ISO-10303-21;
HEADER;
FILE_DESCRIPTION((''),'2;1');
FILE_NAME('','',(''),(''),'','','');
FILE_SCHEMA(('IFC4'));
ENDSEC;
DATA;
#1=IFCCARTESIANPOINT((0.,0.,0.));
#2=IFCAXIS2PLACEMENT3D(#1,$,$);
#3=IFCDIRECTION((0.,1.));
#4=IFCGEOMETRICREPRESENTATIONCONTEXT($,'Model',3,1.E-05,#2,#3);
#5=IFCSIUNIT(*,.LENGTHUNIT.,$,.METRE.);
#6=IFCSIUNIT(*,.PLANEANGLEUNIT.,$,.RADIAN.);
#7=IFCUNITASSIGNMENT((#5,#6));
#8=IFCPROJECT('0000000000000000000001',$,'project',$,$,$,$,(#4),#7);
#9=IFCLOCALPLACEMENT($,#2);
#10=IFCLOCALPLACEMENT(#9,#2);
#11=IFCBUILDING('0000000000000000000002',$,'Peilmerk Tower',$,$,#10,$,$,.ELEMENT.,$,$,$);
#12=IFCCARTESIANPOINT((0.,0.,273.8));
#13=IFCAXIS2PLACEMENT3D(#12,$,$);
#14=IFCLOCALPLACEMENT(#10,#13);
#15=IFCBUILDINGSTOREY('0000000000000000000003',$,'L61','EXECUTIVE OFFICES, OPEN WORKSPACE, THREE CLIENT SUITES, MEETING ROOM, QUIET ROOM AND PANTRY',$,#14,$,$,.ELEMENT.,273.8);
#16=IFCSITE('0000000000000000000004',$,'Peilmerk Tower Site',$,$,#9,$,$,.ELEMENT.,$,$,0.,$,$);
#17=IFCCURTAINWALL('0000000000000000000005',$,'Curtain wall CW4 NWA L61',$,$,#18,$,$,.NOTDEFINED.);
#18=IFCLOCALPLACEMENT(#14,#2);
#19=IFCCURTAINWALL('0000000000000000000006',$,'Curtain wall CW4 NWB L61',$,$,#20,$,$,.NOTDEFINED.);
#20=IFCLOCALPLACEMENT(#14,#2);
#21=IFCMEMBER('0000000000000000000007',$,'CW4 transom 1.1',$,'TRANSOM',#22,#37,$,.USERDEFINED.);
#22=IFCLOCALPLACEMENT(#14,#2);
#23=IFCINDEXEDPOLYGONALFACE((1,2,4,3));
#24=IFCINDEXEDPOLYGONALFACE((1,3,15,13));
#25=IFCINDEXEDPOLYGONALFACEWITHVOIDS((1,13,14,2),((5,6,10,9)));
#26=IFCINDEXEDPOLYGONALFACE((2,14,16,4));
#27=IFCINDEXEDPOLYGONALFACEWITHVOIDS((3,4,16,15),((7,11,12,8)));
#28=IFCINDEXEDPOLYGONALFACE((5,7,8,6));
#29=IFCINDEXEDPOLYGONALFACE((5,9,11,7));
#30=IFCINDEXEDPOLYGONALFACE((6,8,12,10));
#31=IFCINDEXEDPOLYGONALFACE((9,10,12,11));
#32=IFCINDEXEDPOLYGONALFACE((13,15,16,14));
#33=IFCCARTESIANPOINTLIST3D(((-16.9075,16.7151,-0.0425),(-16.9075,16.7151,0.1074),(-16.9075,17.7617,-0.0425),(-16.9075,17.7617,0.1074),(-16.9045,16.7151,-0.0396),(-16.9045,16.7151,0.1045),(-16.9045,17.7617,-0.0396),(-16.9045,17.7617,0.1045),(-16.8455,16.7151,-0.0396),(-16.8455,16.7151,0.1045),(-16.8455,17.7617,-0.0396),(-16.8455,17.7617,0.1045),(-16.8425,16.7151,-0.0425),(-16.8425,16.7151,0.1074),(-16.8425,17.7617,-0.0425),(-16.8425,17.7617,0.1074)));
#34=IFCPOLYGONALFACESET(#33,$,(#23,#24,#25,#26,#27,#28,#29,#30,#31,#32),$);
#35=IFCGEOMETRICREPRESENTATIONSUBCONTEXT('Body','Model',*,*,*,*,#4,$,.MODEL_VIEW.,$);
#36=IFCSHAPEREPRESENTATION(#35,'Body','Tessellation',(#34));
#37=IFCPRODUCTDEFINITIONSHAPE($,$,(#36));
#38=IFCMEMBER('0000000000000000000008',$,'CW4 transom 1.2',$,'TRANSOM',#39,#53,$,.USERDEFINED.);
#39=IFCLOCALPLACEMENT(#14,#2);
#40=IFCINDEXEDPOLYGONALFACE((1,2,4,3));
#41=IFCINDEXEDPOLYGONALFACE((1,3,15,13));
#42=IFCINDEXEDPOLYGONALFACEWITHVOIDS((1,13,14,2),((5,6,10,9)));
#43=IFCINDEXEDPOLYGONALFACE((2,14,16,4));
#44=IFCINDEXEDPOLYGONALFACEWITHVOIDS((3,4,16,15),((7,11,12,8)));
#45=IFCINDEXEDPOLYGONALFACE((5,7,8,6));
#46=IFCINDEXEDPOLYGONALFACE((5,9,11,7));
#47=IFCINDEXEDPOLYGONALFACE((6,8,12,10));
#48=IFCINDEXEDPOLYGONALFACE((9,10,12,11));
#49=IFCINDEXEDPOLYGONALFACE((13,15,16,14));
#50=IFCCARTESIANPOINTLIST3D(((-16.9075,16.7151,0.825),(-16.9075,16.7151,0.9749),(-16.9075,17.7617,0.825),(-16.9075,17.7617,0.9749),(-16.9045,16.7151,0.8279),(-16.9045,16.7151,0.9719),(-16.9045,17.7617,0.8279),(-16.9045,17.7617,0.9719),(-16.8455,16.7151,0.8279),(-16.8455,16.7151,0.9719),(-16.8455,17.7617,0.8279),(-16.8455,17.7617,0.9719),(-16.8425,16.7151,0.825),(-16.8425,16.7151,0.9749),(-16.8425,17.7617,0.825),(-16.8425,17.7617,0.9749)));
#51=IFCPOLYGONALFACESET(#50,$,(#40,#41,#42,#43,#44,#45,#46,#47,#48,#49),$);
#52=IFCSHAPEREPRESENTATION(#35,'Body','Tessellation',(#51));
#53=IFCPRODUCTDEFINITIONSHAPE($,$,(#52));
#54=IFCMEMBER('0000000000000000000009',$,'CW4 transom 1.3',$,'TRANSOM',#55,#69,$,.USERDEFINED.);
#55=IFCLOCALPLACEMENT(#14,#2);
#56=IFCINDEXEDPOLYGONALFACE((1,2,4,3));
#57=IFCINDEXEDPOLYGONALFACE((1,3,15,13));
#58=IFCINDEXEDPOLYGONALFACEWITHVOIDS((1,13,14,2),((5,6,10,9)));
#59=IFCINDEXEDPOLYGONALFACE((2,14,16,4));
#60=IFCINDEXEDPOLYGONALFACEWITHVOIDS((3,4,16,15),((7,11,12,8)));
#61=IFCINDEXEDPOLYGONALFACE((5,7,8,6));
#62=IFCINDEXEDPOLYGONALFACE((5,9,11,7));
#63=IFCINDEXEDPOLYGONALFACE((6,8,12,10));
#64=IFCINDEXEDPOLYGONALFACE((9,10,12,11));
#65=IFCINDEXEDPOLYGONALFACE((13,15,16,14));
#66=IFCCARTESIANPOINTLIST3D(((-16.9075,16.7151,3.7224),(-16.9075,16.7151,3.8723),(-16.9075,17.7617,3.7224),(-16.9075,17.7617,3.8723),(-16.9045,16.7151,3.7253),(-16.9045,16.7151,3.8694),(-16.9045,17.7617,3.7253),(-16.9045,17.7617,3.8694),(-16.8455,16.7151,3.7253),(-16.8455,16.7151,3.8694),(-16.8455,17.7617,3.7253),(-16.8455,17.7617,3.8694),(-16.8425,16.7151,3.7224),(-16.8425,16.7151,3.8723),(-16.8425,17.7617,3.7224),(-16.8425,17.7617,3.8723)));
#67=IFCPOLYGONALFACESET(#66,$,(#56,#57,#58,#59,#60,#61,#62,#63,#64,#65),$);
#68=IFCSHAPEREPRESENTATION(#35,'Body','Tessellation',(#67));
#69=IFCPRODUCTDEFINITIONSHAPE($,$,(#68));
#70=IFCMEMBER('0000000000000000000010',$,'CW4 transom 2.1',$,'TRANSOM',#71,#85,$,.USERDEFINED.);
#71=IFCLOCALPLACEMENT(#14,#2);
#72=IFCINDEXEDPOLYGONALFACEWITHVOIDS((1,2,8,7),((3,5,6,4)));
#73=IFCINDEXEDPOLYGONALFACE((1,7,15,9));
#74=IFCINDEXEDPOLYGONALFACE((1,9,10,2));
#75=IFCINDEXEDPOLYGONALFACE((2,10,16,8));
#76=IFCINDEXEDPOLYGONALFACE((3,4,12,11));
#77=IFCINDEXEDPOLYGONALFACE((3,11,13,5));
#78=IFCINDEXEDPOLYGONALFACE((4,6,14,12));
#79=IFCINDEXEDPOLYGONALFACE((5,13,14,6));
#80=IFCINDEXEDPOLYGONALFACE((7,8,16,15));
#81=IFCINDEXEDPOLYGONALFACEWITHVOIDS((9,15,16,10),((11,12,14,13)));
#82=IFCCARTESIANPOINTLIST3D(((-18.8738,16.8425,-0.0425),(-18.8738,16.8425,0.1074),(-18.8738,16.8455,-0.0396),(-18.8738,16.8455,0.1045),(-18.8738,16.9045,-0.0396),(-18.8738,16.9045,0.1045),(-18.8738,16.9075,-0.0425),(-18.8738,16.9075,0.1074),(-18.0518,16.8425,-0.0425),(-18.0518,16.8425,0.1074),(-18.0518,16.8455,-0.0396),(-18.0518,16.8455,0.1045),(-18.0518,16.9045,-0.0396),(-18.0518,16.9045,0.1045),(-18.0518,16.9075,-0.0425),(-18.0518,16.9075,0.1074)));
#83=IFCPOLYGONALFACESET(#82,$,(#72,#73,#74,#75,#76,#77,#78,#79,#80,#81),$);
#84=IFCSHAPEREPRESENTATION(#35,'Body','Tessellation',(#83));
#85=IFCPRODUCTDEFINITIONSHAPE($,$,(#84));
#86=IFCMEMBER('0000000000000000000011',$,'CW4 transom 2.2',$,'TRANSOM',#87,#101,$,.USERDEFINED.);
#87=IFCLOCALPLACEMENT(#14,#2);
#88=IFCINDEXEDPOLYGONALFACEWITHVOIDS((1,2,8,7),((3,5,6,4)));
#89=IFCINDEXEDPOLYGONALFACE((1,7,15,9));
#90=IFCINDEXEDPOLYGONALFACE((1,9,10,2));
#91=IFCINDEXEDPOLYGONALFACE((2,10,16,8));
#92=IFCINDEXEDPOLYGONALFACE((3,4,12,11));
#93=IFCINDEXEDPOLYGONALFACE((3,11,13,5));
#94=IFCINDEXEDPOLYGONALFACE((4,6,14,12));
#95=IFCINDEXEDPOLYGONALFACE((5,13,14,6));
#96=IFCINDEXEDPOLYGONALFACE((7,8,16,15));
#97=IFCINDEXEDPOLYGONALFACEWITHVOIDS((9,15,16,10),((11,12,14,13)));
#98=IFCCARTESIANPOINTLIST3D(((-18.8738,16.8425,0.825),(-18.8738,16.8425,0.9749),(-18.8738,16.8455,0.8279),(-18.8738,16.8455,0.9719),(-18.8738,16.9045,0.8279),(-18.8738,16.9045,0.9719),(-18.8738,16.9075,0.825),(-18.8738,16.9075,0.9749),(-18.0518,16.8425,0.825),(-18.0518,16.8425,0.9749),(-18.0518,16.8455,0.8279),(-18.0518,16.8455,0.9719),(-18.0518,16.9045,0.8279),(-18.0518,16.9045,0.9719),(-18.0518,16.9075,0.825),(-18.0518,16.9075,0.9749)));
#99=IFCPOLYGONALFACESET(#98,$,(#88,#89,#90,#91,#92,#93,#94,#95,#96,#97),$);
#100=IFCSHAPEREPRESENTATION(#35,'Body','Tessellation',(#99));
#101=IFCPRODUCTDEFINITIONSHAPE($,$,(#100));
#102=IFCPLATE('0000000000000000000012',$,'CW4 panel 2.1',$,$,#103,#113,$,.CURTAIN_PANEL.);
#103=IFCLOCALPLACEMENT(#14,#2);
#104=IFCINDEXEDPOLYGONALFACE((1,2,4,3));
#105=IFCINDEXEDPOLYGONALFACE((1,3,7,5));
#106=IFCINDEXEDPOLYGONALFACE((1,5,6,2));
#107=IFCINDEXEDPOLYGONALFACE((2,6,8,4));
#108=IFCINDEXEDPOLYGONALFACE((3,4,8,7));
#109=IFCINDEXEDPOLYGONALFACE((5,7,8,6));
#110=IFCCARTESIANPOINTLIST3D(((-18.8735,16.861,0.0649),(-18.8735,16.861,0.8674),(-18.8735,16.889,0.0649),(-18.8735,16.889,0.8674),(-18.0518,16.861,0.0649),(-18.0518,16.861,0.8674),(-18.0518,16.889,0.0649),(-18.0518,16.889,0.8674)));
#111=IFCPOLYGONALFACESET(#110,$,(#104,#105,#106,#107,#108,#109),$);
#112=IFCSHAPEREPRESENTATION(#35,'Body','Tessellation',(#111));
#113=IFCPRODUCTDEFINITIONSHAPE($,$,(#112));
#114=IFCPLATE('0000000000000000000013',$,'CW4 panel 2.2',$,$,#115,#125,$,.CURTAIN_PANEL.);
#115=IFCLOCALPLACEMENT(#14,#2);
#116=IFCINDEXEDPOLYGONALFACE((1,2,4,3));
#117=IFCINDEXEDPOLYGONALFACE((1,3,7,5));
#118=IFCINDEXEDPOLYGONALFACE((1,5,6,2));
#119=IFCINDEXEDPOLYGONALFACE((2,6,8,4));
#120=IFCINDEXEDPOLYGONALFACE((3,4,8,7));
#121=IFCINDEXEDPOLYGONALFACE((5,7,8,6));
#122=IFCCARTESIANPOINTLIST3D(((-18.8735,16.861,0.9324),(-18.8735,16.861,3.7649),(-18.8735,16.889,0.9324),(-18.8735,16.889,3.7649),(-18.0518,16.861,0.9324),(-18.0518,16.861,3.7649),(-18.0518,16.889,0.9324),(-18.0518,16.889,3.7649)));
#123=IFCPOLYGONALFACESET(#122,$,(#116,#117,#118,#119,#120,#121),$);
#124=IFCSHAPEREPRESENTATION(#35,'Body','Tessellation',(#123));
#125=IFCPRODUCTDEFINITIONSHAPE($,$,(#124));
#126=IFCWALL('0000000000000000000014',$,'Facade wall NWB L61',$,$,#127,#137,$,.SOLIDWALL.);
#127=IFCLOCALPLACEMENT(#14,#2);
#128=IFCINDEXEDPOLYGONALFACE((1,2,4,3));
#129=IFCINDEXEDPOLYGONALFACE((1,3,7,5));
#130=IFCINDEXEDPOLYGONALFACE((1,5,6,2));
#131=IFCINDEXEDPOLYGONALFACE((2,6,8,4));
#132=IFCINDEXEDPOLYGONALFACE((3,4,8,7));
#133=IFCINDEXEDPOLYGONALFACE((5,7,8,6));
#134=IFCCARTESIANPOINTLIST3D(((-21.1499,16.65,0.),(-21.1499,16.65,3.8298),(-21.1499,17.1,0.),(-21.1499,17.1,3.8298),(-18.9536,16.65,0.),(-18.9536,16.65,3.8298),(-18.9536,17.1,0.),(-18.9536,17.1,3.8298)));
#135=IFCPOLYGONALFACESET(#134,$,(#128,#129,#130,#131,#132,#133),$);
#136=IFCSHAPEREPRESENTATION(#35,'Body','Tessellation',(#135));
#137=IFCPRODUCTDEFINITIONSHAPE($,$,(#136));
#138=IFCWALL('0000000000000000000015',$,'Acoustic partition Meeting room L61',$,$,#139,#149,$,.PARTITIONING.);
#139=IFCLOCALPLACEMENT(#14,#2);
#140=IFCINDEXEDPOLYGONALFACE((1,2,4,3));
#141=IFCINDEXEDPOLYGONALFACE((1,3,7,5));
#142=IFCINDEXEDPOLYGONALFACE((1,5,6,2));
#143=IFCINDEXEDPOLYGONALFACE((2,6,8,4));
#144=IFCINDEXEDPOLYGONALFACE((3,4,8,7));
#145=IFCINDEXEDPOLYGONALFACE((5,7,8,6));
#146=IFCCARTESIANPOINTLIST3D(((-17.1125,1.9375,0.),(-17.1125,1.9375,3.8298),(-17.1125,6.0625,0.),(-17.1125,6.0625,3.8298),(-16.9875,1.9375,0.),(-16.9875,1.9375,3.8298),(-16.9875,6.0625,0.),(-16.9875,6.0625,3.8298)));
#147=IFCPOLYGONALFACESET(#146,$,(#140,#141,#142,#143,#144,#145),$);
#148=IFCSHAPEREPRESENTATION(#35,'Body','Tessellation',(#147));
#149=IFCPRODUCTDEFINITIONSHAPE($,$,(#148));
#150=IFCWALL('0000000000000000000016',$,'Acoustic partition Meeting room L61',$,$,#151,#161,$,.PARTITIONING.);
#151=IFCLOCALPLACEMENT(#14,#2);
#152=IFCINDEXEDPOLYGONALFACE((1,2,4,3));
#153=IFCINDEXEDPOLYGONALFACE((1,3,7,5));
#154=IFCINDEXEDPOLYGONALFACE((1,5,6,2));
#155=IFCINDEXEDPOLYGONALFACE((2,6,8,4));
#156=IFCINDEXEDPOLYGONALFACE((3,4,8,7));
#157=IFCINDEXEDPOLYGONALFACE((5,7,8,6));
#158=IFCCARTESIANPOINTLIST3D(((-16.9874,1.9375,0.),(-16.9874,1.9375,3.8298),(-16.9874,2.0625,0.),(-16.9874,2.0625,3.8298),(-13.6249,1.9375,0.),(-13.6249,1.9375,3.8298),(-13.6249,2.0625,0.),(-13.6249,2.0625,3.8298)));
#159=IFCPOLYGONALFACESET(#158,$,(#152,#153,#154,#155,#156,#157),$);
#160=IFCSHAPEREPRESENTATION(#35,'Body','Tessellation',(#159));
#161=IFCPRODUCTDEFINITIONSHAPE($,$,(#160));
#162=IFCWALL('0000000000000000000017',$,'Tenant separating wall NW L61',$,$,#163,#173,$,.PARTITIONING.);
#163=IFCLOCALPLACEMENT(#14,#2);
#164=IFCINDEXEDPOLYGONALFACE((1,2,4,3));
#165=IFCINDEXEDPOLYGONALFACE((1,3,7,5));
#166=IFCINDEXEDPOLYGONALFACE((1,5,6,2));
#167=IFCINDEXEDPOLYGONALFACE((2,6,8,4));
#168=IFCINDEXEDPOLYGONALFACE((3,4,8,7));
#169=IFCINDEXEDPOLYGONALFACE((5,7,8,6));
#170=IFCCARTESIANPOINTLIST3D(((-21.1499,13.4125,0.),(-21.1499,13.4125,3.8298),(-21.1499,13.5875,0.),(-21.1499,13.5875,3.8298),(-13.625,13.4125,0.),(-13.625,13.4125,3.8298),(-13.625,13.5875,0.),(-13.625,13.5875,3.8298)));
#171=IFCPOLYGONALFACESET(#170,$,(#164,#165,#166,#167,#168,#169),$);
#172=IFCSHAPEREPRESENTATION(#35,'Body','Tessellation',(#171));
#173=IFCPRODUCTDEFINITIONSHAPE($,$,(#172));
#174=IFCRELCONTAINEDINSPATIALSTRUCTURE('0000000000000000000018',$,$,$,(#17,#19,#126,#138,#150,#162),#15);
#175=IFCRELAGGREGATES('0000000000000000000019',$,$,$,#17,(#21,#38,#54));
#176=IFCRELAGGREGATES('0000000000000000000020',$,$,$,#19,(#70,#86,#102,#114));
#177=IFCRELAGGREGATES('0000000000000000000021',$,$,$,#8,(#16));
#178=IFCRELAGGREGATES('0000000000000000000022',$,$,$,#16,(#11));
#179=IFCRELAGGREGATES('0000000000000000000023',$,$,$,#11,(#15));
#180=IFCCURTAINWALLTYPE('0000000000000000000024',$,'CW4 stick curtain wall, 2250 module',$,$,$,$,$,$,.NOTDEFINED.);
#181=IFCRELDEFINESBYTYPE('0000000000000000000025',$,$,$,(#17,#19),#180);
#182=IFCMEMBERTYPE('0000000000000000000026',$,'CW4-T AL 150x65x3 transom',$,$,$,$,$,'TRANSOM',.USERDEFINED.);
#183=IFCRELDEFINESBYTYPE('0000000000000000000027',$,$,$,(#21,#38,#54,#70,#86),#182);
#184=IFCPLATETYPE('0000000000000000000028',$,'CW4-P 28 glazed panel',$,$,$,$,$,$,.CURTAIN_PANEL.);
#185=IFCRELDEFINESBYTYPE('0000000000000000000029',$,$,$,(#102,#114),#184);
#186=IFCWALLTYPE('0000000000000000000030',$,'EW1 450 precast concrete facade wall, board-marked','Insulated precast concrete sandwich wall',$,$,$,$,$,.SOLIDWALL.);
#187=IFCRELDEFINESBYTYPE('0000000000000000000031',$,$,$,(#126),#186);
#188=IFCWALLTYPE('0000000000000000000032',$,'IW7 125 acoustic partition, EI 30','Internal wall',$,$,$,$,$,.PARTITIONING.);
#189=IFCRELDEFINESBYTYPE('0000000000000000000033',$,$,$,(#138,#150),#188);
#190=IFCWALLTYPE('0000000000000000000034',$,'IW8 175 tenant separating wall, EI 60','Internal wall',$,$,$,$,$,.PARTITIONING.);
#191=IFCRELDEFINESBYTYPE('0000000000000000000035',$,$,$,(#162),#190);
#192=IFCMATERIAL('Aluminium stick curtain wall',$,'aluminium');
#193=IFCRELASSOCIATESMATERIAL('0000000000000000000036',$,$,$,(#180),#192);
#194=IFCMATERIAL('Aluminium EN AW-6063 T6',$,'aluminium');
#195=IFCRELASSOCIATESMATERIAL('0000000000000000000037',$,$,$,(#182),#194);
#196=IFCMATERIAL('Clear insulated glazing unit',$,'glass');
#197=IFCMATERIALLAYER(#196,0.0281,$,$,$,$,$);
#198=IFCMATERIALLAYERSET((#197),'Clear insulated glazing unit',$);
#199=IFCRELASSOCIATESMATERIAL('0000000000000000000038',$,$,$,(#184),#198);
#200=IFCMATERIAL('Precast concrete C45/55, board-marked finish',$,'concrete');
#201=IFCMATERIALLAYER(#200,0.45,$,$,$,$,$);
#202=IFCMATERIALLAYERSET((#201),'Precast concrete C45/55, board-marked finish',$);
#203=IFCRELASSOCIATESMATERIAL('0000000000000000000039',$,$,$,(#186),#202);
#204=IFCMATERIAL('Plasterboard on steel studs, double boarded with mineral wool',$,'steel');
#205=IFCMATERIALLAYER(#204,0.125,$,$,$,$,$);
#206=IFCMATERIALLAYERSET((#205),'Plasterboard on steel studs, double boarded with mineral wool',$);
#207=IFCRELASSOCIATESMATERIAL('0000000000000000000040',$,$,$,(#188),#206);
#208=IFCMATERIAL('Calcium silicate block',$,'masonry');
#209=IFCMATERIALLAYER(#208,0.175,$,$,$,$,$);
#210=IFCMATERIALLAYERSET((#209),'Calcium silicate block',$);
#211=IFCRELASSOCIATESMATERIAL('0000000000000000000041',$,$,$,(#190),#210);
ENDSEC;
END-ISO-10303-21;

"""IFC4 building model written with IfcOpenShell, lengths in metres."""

from ifc_helpers import new_model, si_unit, direction, frame, frame_2d, origin, origin_2d, place, context, subcontext, project, spatial, rectangle, hollow_rectangle, extrude, material, layer, layer_set, material_profile, profile_set, type_object, element, aggregate, save


model = new_model("IFC4")

# Units and contexts
model_context = context("Model", 3, precision=1e-05, world=origin(), true_north=direction((0.0, 1.0)))
body_context = subcontext(model_context, "Body", "Model", "MODEL_VIEW")
ifc_project = project(units=[si_unit("LENGTHUNIT", "METRE"), si_unit("PLANEANGLEUNIT", "RADIAN")], contexts=[model_context])

# Site, building, storey
site_placement = place(None, origin())
site = spatial("IfcSite", under=ifc_project, at=site_placement, Name="Peilmerk Tower Site", CompositionType="ELEMENT", RefElevation=0.0)
building_placement = place(site_placement, origin())
building = spatial("IfcBuilding", under=site, at=building_placement, Name="Peilmerk Tower", CompositionType="ELEMENT")
storey_placement = place(building_placement, frame((0.0, 0.0, 273.8)))
storey = spatial("IfcBuildingStorey", under=building, at=storey_placement, Name="L61", Description="EXECUTIVE OFFICES, OPEN WORKSPACE, THREE CLIENT SUITES, MEETING ROOM, QUIET ROOM AND PANTRY", CompositionType="ELEMENT", Elevation=273.8)

# Curtain walls
ifc_material_1 = material(Name="Aluminium stick curtain wall", Category="aluminium")
curtain_wall_type = type_object("IfcCurtainWallType", Name="CW4 stick curtain wall, 2250 module", PredefinedType="NOTDEFINED", material=ifc_material_1)
curtain_wall_1_placement = place(storey_placement, origin())
curtain_wall_1 = element("IfcCurtainWall", 1, at=curtain_wall_1_placement, inside=storey, type_object=curtain_wall_type, Name="Curtain wall CW4 NWA L61", PredefinedType="NOTDEFINED")
ifc_material_2 = material(Name="Aluminium EN AW-6063 T6", Category="aluminium")
curtain_wall_2_placement = place(storey_placement, origin())
curtain_wall_2 = element("IfcCurtainWall", 2, at=curtain_wall_2_placement, inside=storey, type_object=curtain_wall_type, Name="Curtain wall CW4 NWB L61", PredefinedType="NOTDEFINED")

# Members
ifc_material_profile_1 = material_profile(ifc_material_2, hollow_rectangle(XDim=0.0649, YDim=0.1499, WallThickness=0.0029, at=origin_2d()), Name="AL 150x65x3")
ifc_profile_set_1 = profile_set([ifc_material_profile_1], Name="Aluminium EN AW-6063 T6")
member_type_1 = type_object("IfcMemberType", Name="CW4-T AL 150x65x3 transom", ElementType="TRANSOM", PredefinedType="USERDEFINED", material=ifc_profile_set_1)
member_1_placement = place(storey_placement, frame((-16.875, 16.7151, 0.0325), z_axis=(0.0, 1.0, 0.0), x_axis=(-1.0, 0.0, 0.0)))
member_1 = element("IfcMember", 3, at=member_1_placement, type_object=member_type_1, Name="CW4 transom 1.1", ObjectType="TRANSOM", PredefinedType="USERDEFINED", context=body_context, shape_type="SweptSolid", body=[
    extrude(hollow_rectangle(XDim=0.0649, YDim=0.1499, WallThickness=0.0029, at=origin_2d()), origin(), (0.0, 0.0, 1.0), 1.0466),
])
member_2_placement = place(storey_placement, frame((-16.875, 16.7151, 0.8999), z_axis=(0.0, 1.0, 0.0), x_axis=(-1.0, 0.0, 0.0)))
member_2 = element("IfcMember", 4, at=member_2_placement, type_object=member_type_1, Name="CW4 transom 1.2", ObjectType="TRANSOM", PredefinedType="USERDEFINED", context=body_context, shape_type="SweptSolid", body=[
    extrude(hollow_rectangle(XDim=0.0649, YDim=0.1499, WallThickness=0.0029, at=origin_2d()), origin(), (0.0, 0.0, 1.0), 1.0466),
])
member_3_placement = place(storey_placement, frame((-16.875, 16.7151, 3.7974), z_axis=(0.0, 1.0, 0.0), x_axis=(-1.0, 0.0, 0.0)))
member_3 = element("IfcMember", 5, at=member_3_placement, type_object=member_type_1, Name="CW4 transom 1.3", ObjectType="TRANSOM", PredefinedType="USERDEFINED", context=body_context, shape_type="SweptSolid", body=[
    extrude(hollow_rectangle(XDim=0.0649, YDim=0.1499, WallThickness=0.0029, at=origin_2d()), origin(), (0.0, 0.0, 1.0), 1.0466),
])
aggregate(curtain_wall_1, [member_1, member_2, member_3])
member_4_placement = place(storey_placement, frame((-18.0518, 16.875, 0.0325), z_axis=(-1.0, 0.0, 0.0), x_axis=(0.0, -1.0, 0.0)))
member_4 = element("IfcMember", 6, at=member_4_placement, type_object=member_type_1, Name="CW4 transom 2.1", ObjectType="TRANSOM", PredefinedType="USERDEFINED", context=body_context, shape_type="SweptSolid", body=[
    extrude(hollow_rectangle(XDim=0.0649, YDim=0.1499, WallThickness=0.0029, at=origin_2d()), origin(), (0.0, 0.0, 1.0), 0.822),
])
member_5_placement = place(storey_placement, frame((-18.0518, 16.875, 0.8999), z_axis=(-1.0, 0.0, 0.0), x_axis=(0.0, -1.0, 0.0)))
member_5 = element("IfcMember", 7, at=member_5_placement, type_object=member_type_1, Name="CW4 transom 2.2", ObjectType="TRANSOM", PredefinedType="USERDEFINED", context=body_context, shape_type="SweptSolid", body=[
    extrude(hollow_rectangle(XDim=0.0649, YDim=0.1499, WallThickness=0.0029, at=origin_2d()), origin(), (0.0, 0.0, 1.0), 0.822),
])

# Plates
ifc_material_3 = material(Name="Clear insulated glazing unit", Category="glass")
ifc_layer_1 = layer(ifc_material_3, 0.0281)
ifc_layer_set_1 = layer_set([ifc_layer_1], Name="Clear insulated glazing unit")
plate_type = type_object("IfcPlateType", Name="CW4-P 28 glazed panel", PredefinedType="CURTAIN_PANEL", material=ifc_layer_set_1)
plate_1_placement = place(storey_placement, frame((-18.4626, 16.875, 0.0649), z_axis=(0.0, 0.0, 1.0), x_axis=(-1.0, 0.0, 0.0)))
plate_1 = element("IfcPlate", 8, at=plate_1_placement, type_object=plate_type, Name="CW4 panel 2.1", PredefinedType="CURTAIN_PANEL", context=body_context, shape_type="SweptSolid", body=[
    extrude(rectangle(XDim=0.8218, YDim=0.0281, at=origin_2d()), origin(), (0.0, 0.0, 1.0), 0.8025),
])
plate_2_placement = place(storey_placement, frame((-18.4626, 16.875, 0.9324), z_axis=(0.0, 0.0, 1.0), x_axis=(-1.0, 0.0, 0.0)))
plate_2 = element("IfcPlate", 9, at=plate_2_placement, type_object=plate_type, Name="CW4 panel 2.2", PredefinedType="CURTAIN_PANEL", context=body_context, shape_type="SweptSolid", body=[
    extrude(rectangle(XDim=0.8218, YDim=0.0281, at=origin_2d()), origin(), (0.0, 0.0, 1.0), 2.8325),
])
aggregate(curtain_wall_2, [member_4, member_5, plate_1, plate_2])

# Walls
ifc_material_4 = material(Name="Precast concrete C45/55, board-marked finish", Category="concrete")
ifc_layer_2 = layer(ifc_material_4, 0.45)
ifc_layer_set_2 = layer_set([ifc_layer_2], Name="Precast concrete C45/55, board-marked finish")
wall_type_1 = type_object("IfcWallType", Name="EW1 450 precast concrete facade wall, board-marked", Description="Insulated precast concrete sandwich wall", PredefinedType="SOLIDWALL", material=ifc_layer_set_2)
wall_1_placement = place(storey_placement, frame((-18.9536, 16.875, 0.0), z_axis=(0.0, 0.0, 1.0), x_axis=(-1.0, 0.0, 0.0)))
element("IfcWall", 10, at=wall_1_placement, inside=storey, type_object=wall_type_1, Name="Facade wall NWB L61", PredefinedType="SOLIDWALL", context=body_context, shape_type="SweptSolid", body=[
    extrude(rectangle(XDim=2.1963, YDim=0.45, at=frame_2d((1.0981, 0.0))), origin(), (0.0, 0.0, 1.0), 3.8298),
])
ifc_material_5 = material(Name="Plasterboard on steel studs, double boarded with mineral wool", Category="steel")
ifc_layer_3 = layer(ifc_material_5, 0.125)
ifc_layer_set_3 = layer_set([ifc_layer_3], Name="Plasterboard on steel studs, double boarded with mineral wool")
wall_type_2 = type_object("IfcWallType", Name="IW7 125 acoustic partition, EI 30", Description="Internal wall", PredefinedType="PARTITIONING", material=ifc_layer_set_3)
wall_2_placement = place(storey_placement, frame((-17.05, 1.9375, 0.0), z_axis=(0.0, 0.0, 1.0), x_axis=(0.0, 1.0, 0.0)))
element("IfcWall", 11, at=wall_2_placement, inside=storey, type_object=wall_type_2, Name="Acoustic partition Meeting room L61", PredefinedType="PARTITIONING", context=body_context, shape_type="SweptSolid", body=[
    extrude(rectangle(XDim=4.125, YDim=0.125, at=frame_2d((2.0625, 0.0))), origin(), (0.0, 0.0, 1.0), 3.8298),
])
wall_3_placement = place(storey_placement, frame((-13.625, 2.0, 0.0), z_axis=(0.0, 0.0, 1.0), x_axis=(-1.0, 0.0, 0.0)))
element("IfcWall", 12, at=wall_3_placement, inside=storey, type_object=wall_type_2, Name="Acoustic partition Meeting room L61", PredefinedType="PARTITIONING", context=body_context, shape_type="SweptSolid", body=[
    extrude(rectangle(XDim=3.3625, YDim=0.125, at=frame_2d((1.6812, 0.0))), origin(), (0.0, 0.0, 1.0), 3.8298),
])
ifc_material_6 = material(Name="Calcium silicate block", Category="masonry")
ifc_layer_4 = layer(ifc_material_6, 0.175)
ifc_layer_set_4 = layer_set([ifc_layer_4], Name="Calcium silicate block")
wall_type_3 = type_object("IfcWallType", Name="IW8 175 tenant separating wall, EI 60", Description="Internal wall", PredefinedType="PARTITIONING", material=ifc_layer_set_4)
wall_4_placement = place(storey_placement, frame((-21.1499, 13.5, 0.0), z_axis=(0.0, 0.0, 1.0), x_axis=(1.0, 0.0, 0.0)))
element("IfcWall", 13, at=wall_4_placement, inside=storey, type_object=wall_type_3, Name="Tenant separating wall NW L61", PredefinedType="PARTITIONING", context=body_context, shape_type="SweptSolid", body=[
    extrude(rectangle(XDim=7.5249, YDim=0.175, at=frame_2d((3.7625, 0.0))), origin(), (0.0, 0.0, 1.0), 3.8298),
])

save(model, "model.ifc")
